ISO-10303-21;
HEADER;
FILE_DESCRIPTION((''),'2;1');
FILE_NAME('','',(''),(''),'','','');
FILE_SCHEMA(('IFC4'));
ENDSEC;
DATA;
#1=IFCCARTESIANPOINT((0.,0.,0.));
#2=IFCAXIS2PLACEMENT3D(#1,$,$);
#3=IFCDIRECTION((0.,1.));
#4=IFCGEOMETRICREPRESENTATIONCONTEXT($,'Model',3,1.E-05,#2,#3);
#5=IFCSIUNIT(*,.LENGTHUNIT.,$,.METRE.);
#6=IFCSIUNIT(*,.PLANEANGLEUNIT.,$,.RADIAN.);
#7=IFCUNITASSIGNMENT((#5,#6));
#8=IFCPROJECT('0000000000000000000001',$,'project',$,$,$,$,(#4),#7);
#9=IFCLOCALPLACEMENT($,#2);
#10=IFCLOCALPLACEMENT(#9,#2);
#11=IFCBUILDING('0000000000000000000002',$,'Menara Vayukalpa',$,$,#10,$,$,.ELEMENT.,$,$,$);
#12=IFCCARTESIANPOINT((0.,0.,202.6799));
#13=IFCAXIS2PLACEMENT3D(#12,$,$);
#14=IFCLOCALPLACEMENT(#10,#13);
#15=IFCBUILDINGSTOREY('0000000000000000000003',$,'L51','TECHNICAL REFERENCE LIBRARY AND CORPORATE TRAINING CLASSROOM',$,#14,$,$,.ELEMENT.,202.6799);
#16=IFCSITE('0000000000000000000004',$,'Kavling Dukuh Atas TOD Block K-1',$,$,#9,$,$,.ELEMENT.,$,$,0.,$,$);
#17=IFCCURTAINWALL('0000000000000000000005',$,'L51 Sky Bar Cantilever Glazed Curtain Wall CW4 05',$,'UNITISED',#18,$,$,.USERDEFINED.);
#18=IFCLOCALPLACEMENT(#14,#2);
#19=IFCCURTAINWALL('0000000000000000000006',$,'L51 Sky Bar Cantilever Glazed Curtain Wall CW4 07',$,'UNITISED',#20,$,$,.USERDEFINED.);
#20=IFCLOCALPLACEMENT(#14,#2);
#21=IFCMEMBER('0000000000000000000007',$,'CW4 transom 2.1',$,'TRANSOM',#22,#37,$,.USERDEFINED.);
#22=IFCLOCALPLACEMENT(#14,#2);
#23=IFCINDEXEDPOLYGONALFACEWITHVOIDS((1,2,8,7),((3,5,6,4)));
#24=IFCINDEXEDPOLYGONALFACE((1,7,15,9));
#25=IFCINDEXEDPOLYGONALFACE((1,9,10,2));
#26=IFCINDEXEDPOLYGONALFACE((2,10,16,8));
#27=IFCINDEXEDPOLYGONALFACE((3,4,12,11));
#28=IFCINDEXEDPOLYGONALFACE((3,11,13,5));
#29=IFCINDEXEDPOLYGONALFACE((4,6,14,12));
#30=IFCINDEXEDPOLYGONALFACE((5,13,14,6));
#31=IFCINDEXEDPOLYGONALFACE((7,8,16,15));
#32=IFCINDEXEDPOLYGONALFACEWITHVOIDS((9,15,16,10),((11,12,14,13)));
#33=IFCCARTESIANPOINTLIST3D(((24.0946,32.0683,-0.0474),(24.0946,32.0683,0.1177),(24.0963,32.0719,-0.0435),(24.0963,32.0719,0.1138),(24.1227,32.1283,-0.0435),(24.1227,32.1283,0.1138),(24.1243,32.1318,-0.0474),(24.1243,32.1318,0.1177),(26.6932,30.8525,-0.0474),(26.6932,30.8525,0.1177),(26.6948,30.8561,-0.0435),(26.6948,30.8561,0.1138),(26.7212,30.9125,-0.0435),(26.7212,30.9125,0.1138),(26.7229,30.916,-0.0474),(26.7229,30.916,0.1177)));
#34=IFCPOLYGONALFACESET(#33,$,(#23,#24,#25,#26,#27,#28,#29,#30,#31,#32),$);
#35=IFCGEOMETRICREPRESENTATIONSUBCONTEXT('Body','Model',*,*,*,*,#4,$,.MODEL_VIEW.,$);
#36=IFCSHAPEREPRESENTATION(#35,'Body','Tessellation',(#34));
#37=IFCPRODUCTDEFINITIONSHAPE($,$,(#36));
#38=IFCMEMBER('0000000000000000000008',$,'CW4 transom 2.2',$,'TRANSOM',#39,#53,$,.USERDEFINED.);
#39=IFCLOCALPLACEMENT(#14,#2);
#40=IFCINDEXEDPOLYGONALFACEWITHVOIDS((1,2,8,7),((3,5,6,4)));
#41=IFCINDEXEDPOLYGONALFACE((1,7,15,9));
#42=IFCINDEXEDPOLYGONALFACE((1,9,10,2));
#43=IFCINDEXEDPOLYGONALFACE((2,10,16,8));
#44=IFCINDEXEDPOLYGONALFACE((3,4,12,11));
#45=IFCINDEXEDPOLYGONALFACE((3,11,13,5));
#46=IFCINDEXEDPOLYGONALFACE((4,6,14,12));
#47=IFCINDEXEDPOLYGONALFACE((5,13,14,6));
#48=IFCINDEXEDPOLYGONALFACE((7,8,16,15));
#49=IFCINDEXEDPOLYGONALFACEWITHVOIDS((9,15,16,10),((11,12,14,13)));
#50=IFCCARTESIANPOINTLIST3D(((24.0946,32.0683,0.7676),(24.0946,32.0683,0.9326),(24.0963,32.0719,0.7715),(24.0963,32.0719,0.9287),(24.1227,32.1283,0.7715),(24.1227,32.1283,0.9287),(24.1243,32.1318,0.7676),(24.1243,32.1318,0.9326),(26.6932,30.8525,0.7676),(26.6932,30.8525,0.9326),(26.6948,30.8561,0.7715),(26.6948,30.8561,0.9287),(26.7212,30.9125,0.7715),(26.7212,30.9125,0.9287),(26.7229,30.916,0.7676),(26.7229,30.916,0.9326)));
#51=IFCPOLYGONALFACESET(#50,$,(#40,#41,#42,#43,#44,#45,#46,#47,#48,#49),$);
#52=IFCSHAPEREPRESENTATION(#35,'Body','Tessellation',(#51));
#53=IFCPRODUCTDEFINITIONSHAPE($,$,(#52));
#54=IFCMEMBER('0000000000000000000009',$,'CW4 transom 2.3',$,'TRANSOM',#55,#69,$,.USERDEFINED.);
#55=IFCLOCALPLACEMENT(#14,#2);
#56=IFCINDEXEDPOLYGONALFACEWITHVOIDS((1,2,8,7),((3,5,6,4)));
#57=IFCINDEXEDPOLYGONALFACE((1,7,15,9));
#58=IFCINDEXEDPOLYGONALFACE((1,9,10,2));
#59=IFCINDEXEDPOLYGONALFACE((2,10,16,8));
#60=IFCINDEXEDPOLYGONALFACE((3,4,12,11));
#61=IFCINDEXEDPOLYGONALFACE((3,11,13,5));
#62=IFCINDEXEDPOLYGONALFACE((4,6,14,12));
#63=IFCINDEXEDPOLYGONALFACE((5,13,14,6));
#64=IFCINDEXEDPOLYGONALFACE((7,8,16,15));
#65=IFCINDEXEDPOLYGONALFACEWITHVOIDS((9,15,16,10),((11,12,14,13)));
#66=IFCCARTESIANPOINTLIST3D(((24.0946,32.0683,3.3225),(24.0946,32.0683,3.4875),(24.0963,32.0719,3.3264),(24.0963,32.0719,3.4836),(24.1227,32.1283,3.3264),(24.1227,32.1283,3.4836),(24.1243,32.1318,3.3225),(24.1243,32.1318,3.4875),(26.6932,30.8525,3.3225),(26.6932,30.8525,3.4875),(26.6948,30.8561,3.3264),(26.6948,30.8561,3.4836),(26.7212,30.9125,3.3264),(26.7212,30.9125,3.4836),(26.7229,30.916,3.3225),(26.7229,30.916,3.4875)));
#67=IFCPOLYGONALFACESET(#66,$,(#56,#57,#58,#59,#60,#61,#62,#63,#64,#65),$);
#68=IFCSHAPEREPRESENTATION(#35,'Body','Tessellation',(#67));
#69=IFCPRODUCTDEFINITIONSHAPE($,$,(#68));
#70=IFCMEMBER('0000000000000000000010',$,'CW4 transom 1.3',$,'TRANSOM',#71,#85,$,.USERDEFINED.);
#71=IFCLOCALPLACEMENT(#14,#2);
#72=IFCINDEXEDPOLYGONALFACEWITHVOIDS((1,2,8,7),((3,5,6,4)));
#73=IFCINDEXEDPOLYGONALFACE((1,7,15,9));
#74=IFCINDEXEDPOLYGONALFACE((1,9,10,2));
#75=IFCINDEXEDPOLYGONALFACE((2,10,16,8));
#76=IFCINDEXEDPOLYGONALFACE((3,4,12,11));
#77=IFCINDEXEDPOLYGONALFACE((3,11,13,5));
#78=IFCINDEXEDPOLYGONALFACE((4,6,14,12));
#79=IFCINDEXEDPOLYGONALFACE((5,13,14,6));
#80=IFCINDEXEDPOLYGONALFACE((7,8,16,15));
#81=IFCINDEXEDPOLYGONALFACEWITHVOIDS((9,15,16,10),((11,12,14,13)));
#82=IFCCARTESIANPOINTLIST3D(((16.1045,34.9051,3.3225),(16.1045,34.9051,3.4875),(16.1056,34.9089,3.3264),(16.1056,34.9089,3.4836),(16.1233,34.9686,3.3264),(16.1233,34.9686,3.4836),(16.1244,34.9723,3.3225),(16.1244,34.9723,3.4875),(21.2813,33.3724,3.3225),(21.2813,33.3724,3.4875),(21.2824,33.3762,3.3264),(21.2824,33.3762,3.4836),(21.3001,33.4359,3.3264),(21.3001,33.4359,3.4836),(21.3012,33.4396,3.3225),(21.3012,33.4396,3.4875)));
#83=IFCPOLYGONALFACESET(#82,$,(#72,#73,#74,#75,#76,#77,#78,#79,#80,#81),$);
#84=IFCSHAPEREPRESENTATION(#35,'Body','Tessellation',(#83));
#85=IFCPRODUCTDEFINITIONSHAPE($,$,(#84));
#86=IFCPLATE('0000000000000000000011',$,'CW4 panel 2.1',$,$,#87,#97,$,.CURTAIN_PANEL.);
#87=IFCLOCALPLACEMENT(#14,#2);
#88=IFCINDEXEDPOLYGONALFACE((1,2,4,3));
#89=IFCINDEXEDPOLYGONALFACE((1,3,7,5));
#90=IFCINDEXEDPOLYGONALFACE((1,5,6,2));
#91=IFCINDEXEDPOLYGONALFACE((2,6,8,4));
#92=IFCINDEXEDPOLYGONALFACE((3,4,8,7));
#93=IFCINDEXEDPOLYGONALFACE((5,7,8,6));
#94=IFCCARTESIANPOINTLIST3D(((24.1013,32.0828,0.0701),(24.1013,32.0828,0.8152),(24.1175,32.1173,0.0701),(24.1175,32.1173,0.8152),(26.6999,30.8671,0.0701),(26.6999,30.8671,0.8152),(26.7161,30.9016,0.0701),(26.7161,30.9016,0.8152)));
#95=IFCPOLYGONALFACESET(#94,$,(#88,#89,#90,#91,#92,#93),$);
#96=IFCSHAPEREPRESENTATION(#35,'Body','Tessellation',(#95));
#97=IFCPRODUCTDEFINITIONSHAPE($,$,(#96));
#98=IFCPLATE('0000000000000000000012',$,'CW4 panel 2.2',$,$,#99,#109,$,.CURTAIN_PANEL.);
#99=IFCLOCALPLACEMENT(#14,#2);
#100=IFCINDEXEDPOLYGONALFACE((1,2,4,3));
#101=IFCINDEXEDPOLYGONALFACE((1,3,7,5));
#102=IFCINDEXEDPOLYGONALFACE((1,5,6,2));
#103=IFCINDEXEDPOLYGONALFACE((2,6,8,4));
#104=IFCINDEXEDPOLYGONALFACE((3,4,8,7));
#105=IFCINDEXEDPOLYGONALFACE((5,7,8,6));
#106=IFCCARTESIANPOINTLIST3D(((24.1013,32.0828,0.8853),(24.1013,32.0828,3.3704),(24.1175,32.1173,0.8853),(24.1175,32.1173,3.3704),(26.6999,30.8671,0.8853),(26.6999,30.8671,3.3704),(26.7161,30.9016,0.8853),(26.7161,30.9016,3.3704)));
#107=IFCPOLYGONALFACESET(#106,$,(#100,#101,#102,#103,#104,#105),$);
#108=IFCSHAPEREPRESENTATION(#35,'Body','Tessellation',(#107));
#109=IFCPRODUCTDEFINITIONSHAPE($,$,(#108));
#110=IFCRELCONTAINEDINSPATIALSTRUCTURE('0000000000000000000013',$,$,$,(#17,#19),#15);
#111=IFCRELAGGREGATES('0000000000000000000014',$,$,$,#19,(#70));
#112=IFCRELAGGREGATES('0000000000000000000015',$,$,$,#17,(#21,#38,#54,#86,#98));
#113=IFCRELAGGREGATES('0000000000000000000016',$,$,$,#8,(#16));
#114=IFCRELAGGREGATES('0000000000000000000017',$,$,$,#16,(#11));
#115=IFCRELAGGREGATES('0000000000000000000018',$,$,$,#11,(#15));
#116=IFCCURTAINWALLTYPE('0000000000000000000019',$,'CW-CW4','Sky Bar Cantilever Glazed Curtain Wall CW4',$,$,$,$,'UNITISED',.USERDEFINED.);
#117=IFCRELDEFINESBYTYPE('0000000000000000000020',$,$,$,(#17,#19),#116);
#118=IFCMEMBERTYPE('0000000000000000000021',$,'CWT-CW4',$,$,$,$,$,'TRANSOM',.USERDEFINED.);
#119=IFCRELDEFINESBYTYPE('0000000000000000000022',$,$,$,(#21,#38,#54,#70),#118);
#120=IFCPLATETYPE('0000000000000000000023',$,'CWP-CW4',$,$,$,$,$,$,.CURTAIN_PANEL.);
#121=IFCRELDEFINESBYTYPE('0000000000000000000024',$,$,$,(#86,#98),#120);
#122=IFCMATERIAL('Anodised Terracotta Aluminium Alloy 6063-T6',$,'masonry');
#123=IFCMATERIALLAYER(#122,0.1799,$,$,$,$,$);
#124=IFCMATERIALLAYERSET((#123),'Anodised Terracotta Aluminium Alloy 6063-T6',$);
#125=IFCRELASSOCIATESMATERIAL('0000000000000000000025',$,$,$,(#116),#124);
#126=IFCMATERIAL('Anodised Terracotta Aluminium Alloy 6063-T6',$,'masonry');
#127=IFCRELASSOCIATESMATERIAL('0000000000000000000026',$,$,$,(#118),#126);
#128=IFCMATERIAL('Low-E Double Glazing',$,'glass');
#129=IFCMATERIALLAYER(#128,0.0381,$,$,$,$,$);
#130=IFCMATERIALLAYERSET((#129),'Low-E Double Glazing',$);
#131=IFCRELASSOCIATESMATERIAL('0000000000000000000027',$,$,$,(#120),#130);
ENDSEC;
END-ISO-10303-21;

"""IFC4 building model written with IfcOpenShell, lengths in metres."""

from ifc_helpers import new_model, si_unit, direction, frame, origin, origin_2d, place, context, subcontext, project, spatial, rectangle, hollow_rectangle, extrude, material, layer, layer_set, material_profile, profile_set, type_object, element, aggregate, save


model = new_model("IFC4")

# Units and contexts
model_context = context("Model", 3, precision=1e-05, world=origin(), true_north=direction((0.0, 1.0)))
body_context = subcontext(model_context, "Body", "Model", "MODEL_VIEW")
ifc_project = project(units=[si_unit("LENGTHUNIT", "METRE"), si_unit("PLANEANGLEUNIT", "RADIAN")], contexts=[model_context])

# Site, building, storey
site_placement = place(None, origin())
site = spatial("IfcSite", under=ifc_project, at=site_placement, Name="Kavling Dukuh Atas TOD Block K-1", CompositionType="ELEMENT", RefElevation=0.0)
building_placement = place(site_placement, origin())
building = spatial("IfcBuilding", under=site, at=building_placement, Name="Menara Vayukalpa", CompositionType="ELEMENT")
storey_placement = place(building_placement, frame((0.0, 0.0, 202.6799)))
storey = spatial("IfcBuildingStorey", under=building, at=storey_placement, Name="L51", Description="TECHNICAL REFERENCE LIBRARY AND CORPORATE TRAINING CLASSROOM", CompositionType="ELEMENT", Elevation=202.6799)

# Curtain walls
ifc_material_1 = material(Name="Anodised Terracotta Aluminium Alloy 6063-T6", Category="masonry")
ifc_layer_1 = layer(ifc_material_1, 0.1799)
ifc_layer_set_1 = layer_set([ifc_layer_1], Name="Anodised Terracotta Aluminium Alloy 6063-T6")
curtain_wall_type = type_object("IfcCurtainWallType", Name="CW-CW4", Description="Sky Bar Cantilever Glazed Curtain Wall CW4", ElementType="UNITISED", PredefinedType="USERDEFINED", material=ifc_layer_set_1)
curtain_wall_1_placement = place(storey_placement, origin())
curtain_wall_1 = element("IfcCurtainWall", 1, at=curtain_wall_1_placement, inside=storey, type_object=curtain_wall_type, Name="L51 Sky Bar Cantilever Glazed Curtain Wall CW4 05", ObjectType="UNITISED", PredefinedType="USERDEFINED")
curtain_wall_2_placement = place(storey_placement, origin())
curtain_wall_2 = element("IfcCurtainWall", 2, at=curtain_wall_2_placement, inside=storey, type_object=curtain_wall_type, Name="L51 Sky Bar Cantilever Glazed Curtain Wall CW4 07", ObjectType="UNITISED", PredefinedType="USERDEFINED")

# Members
ifc_material_2 = material(Name="Anodised Terracotta Aluminium Alloy 6063-T6", Category="masonry")
ifc_material_profile_1 = material_profile(ifc_material_2, hollow_rectangle(XDim=0.0701, YDim=0.165, WallThickness=0.0039, at=origin_2d()), Name="ALU 70x165x4")
ifc_profile_set_1 = profile_set([ifc_material_profile_1], Name="Anodised Terracotta Aluminium Alloy 6063-T6")
member_type_1 = type_object("IfcMemberType", Name="CWT-CW4", ElementType="TRANSOM", PredefinedType="USERDEFINED", material=ifc_profile_set_1)
member_1_placement = place(storey_placement, frame((26.708, 30.8843, 0.0352), z_axis=(-0.905765, 0.42378, 0.0), x_axis=(-0.42378, -0.905765, 0.0)))
member_1 = element("IfcMember", 3, at=member_1_placement, type_object=member_type_1, Name="CW4 transom 2.1", ObjectType="TRANSOM", PredefinedType="USERDEFINED", context=body_context, shape_type="SweptSolid", body=[
    extrude(hollow_rectangle(XDim=0.0701, YDim=0.165, WallThickness=0.0039, at=origin_2d()), origin(), (0.0, 0.0, 1.0), 2.8689),
])
member_2_placement = place(storey_placement, frame((26.708, 30.8843, 0.8501), z_axis=(-0.905765, 0.42378, 0.0), x_axis=(-0.42378, -0.905765, 0.0)))
member_2 = element("IfcMember", 4, at=member_2_placement, type_object=member_type_1, Name="CW4 transom 2.2", ObjectType="TRANSOM", PredefinedType="USERDEFINED", context=body_context, shape_type="SweptSolid", body=[
    extrude(hollow_rectangle(XDim=0.0701, YDim=0.165, WallThickness=0.0039, at=origin_2d()), origin(), (0.0, 0.0, 1.0), 2.8689),
])
member_3_placement = place(storey_placement, frame((26.708, 30.8843, 3.405), z_axis=(-0.905765, 0.42378, 0.0), x_axis=(-0.42378, -0.905765, 0.0)))
member_3 = element("IfcMember", 5, at=member_3_placement, type_object=member_type_1, Name="CW4 transom 2.3", ObjectType="TRANSOM", PredefinedType="USERDEFINED", context=body_context, shape_type="SweptSolid", body=[
    extrude(hollow_rectangle(XDim=0.0701, YDim=0.165, WallThickness=0.0039, at=origin_2d()), origin(), (0.0, 0.0, 1.0), 2.8689),
])
member_4_placement = place(storey_placement, frame((21.2913, 33.406, 3.405), z_axis=(-0.958856, 0.283894, 0.0), x_axis=(-0.283894, -0.958856, 0.0)))
member_4 = element("IfcMember", 6, at=member_4_placement, type_object=member_type_1, Name="CW4 transom 1.3", ObjectType="TRANSOM", PredefinedType="USERDEFINED", context=body_context, shape_type="SweptSolid", body=[
    extrude(hollow_rectangle(XDim=0.0701, YDim=0.165, WallThickness=0.0039, at=origin_2d()), origin(), (0.0, 0.0, 1.0), 5.3989),
])
aggregate(curtain_wall_2, [member_4])

# Plates
ifc_material_3 = material(Name="Low-E Double Glazing", Category="glass")
ifc_layer_2 = layer(ifc_material_3, 0.0381)
ifc_layer_set_2 = layer_set([ifc_layer_2], Name="Low-E Double Glazing")
plate_type = type_object("IfcPlateType", Name="CWP-CW4", PredefinedType="CURTAIN_PANEL", material=ifc_layer_set_2)
plate_1_placement = place(storey_placement, frame((25.4087, 31.4922, 0.0701), z_axis=(0.0, 0.0, 1.0), x_axis=(-0.905782, 0.423744, 0.0)))
plate_1 = element("IfcPlate", 7, at=plate_1_placement, type_object=plate_type, Name="CW4 panel 2.1", PredefinedType="CURTAIN_PANEL", context=body_context, shape_type="SweptSolid", body=[
    extrude(rectangle(XDim=2.8689, YDim=0.0381, at=origin_2d()), origin(), (0.0, 0.0, 1.0), 0.7451),
])
plate_2_placement = place(storey_placement, frame((25.4087, 31.4922, 0.8853), z_axis=(0.0, 0.0, 1.0), x_axis=(-0.905782, 0.423744, 0.0)))
plate_2 = element("IfcPlate", 8, at=plate_2_placement, type_object=plate_type, Name="CW4 panel 2.2", PredefinedType="CURTAIN_PANEL", context=body_context, shape_type="SweptSolid", body=[
    extrude(rectangle(XDim=2.8689, YDim=0.0381, at=origin_2d()), origin(), (0.0, 0.0, 1.0), 2.4851),
])
aggregate(curtain_wall_1, [member_1, member_2, member_3, plate_1, plate_2])

save(model, "model.ifc")
